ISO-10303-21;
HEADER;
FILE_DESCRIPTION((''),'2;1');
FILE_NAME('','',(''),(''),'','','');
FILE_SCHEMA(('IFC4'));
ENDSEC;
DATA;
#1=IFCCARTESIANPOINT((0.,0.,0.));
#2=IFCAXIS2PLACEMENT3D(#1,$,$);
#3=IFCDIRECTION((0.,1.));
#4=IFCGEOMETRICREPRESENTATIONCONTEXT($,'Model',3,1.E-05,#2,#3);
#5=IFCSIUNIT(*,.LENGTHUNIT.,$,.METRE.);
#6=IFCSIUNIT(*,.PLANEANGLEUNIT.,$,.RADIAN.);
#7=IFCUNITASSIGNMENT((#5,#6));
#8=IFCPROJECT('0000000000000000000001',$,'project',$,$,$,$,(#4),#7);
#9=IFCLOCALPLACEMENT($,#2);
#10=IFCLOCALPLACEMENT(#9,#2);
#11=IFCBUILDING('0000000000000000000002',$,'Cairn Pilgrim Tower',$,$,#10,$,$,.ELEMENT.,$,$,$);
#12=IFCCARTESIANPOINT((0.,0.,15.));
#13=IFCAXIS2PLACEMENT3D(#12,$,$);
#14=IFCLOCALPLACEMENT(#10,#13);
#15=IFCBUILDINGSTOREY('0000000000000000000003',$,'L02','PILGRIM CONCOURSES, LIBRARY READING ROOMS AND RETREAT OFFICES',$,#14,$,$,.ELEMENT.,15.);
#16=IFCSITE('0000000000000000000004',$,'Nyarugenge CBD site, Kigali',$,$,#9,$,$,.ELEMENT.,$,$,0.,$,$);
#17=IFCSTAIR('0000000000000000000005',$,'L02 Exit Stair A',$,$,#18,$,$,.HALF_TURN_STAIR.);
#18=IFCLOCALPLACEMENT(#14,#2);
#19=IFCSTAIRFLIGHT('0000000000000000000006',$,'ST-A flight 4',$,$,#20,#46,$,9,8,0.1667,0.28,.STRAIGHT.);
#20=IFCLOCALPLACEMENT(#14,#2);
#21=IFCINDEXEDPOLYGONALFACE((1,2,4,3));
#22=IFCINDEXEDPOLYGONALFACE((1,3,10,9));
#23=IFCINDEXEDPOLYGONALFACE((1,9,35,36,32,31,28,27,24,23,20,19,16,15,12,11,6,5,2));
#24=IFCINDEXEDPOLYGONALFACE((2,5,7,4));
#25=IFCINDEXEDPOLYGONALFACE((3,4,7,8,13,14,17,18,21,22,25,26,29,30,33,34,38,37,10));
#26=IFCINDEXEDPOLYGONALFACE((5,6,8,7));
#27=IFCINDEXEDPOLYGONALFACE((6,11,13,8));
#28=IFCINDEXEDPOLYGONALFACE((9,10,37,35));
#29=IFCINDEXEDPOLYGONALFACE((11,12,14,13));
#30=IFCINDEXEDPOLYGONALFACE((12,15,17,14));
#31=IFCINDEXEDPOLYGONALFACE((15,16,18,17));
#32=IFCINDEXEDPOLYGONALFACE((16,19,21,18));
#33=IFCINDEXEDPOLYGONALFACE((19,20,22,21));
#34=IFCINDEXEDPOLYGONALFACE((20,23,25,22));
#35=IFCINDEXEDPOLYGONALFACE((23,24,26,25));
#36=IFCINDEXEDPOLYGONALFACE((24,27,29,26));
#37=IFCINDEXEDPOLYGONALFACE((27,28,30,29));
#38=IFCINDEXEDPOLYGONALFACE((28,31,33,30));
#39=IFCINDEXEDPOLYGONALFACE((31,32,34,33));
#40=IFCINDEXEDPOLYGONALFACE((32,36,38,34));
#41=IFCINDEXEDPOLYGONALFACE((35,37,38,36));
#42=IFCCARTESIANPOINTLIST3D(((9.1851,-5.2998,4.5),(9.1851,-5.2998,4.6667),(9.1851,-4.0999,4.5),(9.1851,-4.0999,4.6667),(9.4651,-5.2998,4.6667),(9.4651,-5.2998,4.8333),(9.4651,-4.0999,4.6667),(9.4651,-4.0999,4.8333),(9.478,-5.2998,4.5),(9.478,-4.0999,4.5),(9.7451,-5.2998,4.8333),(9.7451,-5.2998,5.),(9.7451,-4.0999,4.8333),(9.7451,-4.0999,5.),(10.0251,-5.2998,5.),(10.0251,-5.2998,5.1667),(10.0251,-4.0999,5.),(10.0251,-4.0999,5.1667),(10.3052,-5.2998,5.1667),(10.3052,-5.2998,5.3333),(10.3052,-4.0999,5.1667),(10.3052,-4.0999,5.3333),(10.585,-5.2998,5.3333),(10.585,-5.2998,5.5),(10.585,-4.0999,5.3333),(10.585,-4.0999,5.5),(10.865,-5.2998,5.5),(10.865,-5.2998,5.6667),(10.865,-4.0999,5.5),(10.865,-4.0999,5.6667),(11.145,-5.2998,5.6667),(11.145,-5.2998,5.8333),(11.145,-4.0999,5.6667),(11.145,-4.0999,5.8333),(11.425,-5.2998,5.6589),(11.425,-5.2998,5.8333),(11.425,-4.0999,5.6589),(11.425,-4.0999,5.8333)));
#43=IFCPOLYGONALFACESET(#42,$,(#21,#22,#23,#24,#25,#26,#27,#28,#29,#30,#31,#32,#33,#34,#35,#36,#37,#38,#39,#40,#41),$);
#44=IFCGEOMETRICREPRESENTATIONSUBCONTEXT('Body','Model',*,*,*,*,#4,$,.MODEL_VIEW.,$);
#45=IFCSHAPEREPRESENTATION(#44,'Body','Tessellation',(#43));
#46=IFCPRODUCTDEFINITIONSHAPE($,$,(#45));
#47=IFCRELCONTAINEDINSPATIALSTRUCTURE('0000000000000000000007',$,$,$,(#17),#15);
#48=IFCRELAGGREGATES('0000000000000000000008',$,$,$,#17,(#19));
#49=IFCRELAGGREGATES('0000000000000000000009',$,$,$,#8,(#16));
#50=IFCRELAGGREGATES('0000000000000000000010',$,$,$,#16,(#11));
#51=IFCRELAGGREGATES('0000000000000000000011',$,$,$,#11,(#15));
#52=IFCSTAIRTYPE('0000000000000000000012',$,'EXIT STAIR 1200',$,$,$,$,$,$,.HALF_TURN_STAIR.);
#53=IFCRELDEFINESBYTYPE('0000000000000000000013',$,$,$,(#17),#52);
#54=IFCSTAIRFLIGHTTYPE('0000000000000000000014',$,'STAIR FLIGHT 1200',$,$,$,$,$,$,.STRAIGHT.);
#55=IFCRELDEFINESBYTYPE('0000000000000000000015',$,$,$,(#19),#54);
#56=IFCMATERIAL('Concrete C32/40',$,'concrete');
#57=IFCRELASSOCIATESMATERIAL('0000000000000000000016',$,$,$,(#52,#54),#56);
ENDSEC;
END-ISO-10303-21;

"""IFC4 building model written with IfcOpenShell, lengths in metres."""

from ifc_helpers import new_model, si_unit, direction, frame, origin, place, context, subcontext, project, spatial, polyline, outline, extrude, material, type_object, element, aggregate, save


model = new_model("IFC4")

# Units and contexts
model_context = context("Model", 3, precision=1e-05, world=origin(), true_north=direction((0.0, 1.0)))
body_context = subcontext(model_context, "Body", "Model", "MODEL_VIEW")
ifc_project = project(units=[si_unit("LENGTHUNIT", "METRE"), si_unit("PLANEANGLEUNIT", "RADIAN")], contexts=[model_context])

# Site, building, storey
site_placement = place(None, origin())
site = spatial("IfcSite", under=ifc_project, at=site_placement, Name="Nyarugenge CBD site, Kigali", CompositionType="ELEMENT", RefElevation=0.0)
building_placement = place(site_placement, origin())
building = spatial("IfcBuilding", under=site, at=building_placement, Name="Cairn Pilgrim Tower", CompositionType="ELEMENT")
storey_placement = place(building_placement, frame((0.0, 0.0, 15.0)))
storey = spatial("IfcBuildingStorey", under=building, at=storey_placement, Name="L02", Description="PILGRIM CONCOURSES, LIBRARY READING ROOMS AND RETREAT OFFICES", CompositionType="ELEMENT", Elevation=15.0)

# Shared definitions
ifc_material_1 = material(Name="Concrete C32/40", Category="concrete")
stair_type = type_object("IfcStairType", Name="EXIT STAIR 1200", PredefinedType="HALF_TURN_STAIR", material=ifc_material_1)

# Stair, stair flight
stair_1_placement = place(storey_placement, origin())
stair_1 = element("IfcStair", 1, at=stair_1_placement, inside=storey, type_object=stair_type, Name="L02 Exit Stair A", PredefinedType="HALF_TURN_STAIR")
stair_flight_type = type_object("IfcStairFlightType", Name="STAIR FLIGHT 1200", PredefinedType="STRAIGHT", material=ifc_material_1)
stair_flight_1_placement = place(storey_placement, frame((9.1851, -4.7, 4.5), z_axis=(0.0, 0.0, 1.0), x_axis=(1.0, 0.0, 0.0)))
stair_flight_1 = element("IfcStairFlight", 2, at=stair_flight_1_placement, type_object=stair_flight_type, Name="ST-A flight 4", NumberOfRisers=9, NumberOfTreads=8, PredefinedType="STRAIGHT", RiserHeight=0.1667, TreadLength=0.28, context=body_context, shape_type="SweptSolid", body=[
    extrude(outline(polyline([(0.0, 0.0), (0.0, 0.1667), (0.28, 0.1667), (0.28, 0.3333), (0.5601, 0.3333), (0.5601, 0.5), (0.8401, 0.5), (0.8401, 0.6667), (1.1201, 0.6667), (1.1201, 0.8333), (1.3999, 0.8333), (1.3999, 1.0), (1.6799, 1.0), (1.6799, 1.1667), (1.96, 1.1667), (1.96, 1.3333), (2.24, 1.3333), (2.24, 1.5), (2.24, 1.1589), (0.293, 0.0), (0.0, 0.0)])), frame((0.0, 0.6001, 0.0), z_axis=(0.0, -1.0, 0.0), x_axis=(1.0, 0.0, 0.0)), (0.0, 0.0, 1.0), 1.2),
])
aggregate(stair_1, [stair_flight_1])

save(model, "model.ifc")
